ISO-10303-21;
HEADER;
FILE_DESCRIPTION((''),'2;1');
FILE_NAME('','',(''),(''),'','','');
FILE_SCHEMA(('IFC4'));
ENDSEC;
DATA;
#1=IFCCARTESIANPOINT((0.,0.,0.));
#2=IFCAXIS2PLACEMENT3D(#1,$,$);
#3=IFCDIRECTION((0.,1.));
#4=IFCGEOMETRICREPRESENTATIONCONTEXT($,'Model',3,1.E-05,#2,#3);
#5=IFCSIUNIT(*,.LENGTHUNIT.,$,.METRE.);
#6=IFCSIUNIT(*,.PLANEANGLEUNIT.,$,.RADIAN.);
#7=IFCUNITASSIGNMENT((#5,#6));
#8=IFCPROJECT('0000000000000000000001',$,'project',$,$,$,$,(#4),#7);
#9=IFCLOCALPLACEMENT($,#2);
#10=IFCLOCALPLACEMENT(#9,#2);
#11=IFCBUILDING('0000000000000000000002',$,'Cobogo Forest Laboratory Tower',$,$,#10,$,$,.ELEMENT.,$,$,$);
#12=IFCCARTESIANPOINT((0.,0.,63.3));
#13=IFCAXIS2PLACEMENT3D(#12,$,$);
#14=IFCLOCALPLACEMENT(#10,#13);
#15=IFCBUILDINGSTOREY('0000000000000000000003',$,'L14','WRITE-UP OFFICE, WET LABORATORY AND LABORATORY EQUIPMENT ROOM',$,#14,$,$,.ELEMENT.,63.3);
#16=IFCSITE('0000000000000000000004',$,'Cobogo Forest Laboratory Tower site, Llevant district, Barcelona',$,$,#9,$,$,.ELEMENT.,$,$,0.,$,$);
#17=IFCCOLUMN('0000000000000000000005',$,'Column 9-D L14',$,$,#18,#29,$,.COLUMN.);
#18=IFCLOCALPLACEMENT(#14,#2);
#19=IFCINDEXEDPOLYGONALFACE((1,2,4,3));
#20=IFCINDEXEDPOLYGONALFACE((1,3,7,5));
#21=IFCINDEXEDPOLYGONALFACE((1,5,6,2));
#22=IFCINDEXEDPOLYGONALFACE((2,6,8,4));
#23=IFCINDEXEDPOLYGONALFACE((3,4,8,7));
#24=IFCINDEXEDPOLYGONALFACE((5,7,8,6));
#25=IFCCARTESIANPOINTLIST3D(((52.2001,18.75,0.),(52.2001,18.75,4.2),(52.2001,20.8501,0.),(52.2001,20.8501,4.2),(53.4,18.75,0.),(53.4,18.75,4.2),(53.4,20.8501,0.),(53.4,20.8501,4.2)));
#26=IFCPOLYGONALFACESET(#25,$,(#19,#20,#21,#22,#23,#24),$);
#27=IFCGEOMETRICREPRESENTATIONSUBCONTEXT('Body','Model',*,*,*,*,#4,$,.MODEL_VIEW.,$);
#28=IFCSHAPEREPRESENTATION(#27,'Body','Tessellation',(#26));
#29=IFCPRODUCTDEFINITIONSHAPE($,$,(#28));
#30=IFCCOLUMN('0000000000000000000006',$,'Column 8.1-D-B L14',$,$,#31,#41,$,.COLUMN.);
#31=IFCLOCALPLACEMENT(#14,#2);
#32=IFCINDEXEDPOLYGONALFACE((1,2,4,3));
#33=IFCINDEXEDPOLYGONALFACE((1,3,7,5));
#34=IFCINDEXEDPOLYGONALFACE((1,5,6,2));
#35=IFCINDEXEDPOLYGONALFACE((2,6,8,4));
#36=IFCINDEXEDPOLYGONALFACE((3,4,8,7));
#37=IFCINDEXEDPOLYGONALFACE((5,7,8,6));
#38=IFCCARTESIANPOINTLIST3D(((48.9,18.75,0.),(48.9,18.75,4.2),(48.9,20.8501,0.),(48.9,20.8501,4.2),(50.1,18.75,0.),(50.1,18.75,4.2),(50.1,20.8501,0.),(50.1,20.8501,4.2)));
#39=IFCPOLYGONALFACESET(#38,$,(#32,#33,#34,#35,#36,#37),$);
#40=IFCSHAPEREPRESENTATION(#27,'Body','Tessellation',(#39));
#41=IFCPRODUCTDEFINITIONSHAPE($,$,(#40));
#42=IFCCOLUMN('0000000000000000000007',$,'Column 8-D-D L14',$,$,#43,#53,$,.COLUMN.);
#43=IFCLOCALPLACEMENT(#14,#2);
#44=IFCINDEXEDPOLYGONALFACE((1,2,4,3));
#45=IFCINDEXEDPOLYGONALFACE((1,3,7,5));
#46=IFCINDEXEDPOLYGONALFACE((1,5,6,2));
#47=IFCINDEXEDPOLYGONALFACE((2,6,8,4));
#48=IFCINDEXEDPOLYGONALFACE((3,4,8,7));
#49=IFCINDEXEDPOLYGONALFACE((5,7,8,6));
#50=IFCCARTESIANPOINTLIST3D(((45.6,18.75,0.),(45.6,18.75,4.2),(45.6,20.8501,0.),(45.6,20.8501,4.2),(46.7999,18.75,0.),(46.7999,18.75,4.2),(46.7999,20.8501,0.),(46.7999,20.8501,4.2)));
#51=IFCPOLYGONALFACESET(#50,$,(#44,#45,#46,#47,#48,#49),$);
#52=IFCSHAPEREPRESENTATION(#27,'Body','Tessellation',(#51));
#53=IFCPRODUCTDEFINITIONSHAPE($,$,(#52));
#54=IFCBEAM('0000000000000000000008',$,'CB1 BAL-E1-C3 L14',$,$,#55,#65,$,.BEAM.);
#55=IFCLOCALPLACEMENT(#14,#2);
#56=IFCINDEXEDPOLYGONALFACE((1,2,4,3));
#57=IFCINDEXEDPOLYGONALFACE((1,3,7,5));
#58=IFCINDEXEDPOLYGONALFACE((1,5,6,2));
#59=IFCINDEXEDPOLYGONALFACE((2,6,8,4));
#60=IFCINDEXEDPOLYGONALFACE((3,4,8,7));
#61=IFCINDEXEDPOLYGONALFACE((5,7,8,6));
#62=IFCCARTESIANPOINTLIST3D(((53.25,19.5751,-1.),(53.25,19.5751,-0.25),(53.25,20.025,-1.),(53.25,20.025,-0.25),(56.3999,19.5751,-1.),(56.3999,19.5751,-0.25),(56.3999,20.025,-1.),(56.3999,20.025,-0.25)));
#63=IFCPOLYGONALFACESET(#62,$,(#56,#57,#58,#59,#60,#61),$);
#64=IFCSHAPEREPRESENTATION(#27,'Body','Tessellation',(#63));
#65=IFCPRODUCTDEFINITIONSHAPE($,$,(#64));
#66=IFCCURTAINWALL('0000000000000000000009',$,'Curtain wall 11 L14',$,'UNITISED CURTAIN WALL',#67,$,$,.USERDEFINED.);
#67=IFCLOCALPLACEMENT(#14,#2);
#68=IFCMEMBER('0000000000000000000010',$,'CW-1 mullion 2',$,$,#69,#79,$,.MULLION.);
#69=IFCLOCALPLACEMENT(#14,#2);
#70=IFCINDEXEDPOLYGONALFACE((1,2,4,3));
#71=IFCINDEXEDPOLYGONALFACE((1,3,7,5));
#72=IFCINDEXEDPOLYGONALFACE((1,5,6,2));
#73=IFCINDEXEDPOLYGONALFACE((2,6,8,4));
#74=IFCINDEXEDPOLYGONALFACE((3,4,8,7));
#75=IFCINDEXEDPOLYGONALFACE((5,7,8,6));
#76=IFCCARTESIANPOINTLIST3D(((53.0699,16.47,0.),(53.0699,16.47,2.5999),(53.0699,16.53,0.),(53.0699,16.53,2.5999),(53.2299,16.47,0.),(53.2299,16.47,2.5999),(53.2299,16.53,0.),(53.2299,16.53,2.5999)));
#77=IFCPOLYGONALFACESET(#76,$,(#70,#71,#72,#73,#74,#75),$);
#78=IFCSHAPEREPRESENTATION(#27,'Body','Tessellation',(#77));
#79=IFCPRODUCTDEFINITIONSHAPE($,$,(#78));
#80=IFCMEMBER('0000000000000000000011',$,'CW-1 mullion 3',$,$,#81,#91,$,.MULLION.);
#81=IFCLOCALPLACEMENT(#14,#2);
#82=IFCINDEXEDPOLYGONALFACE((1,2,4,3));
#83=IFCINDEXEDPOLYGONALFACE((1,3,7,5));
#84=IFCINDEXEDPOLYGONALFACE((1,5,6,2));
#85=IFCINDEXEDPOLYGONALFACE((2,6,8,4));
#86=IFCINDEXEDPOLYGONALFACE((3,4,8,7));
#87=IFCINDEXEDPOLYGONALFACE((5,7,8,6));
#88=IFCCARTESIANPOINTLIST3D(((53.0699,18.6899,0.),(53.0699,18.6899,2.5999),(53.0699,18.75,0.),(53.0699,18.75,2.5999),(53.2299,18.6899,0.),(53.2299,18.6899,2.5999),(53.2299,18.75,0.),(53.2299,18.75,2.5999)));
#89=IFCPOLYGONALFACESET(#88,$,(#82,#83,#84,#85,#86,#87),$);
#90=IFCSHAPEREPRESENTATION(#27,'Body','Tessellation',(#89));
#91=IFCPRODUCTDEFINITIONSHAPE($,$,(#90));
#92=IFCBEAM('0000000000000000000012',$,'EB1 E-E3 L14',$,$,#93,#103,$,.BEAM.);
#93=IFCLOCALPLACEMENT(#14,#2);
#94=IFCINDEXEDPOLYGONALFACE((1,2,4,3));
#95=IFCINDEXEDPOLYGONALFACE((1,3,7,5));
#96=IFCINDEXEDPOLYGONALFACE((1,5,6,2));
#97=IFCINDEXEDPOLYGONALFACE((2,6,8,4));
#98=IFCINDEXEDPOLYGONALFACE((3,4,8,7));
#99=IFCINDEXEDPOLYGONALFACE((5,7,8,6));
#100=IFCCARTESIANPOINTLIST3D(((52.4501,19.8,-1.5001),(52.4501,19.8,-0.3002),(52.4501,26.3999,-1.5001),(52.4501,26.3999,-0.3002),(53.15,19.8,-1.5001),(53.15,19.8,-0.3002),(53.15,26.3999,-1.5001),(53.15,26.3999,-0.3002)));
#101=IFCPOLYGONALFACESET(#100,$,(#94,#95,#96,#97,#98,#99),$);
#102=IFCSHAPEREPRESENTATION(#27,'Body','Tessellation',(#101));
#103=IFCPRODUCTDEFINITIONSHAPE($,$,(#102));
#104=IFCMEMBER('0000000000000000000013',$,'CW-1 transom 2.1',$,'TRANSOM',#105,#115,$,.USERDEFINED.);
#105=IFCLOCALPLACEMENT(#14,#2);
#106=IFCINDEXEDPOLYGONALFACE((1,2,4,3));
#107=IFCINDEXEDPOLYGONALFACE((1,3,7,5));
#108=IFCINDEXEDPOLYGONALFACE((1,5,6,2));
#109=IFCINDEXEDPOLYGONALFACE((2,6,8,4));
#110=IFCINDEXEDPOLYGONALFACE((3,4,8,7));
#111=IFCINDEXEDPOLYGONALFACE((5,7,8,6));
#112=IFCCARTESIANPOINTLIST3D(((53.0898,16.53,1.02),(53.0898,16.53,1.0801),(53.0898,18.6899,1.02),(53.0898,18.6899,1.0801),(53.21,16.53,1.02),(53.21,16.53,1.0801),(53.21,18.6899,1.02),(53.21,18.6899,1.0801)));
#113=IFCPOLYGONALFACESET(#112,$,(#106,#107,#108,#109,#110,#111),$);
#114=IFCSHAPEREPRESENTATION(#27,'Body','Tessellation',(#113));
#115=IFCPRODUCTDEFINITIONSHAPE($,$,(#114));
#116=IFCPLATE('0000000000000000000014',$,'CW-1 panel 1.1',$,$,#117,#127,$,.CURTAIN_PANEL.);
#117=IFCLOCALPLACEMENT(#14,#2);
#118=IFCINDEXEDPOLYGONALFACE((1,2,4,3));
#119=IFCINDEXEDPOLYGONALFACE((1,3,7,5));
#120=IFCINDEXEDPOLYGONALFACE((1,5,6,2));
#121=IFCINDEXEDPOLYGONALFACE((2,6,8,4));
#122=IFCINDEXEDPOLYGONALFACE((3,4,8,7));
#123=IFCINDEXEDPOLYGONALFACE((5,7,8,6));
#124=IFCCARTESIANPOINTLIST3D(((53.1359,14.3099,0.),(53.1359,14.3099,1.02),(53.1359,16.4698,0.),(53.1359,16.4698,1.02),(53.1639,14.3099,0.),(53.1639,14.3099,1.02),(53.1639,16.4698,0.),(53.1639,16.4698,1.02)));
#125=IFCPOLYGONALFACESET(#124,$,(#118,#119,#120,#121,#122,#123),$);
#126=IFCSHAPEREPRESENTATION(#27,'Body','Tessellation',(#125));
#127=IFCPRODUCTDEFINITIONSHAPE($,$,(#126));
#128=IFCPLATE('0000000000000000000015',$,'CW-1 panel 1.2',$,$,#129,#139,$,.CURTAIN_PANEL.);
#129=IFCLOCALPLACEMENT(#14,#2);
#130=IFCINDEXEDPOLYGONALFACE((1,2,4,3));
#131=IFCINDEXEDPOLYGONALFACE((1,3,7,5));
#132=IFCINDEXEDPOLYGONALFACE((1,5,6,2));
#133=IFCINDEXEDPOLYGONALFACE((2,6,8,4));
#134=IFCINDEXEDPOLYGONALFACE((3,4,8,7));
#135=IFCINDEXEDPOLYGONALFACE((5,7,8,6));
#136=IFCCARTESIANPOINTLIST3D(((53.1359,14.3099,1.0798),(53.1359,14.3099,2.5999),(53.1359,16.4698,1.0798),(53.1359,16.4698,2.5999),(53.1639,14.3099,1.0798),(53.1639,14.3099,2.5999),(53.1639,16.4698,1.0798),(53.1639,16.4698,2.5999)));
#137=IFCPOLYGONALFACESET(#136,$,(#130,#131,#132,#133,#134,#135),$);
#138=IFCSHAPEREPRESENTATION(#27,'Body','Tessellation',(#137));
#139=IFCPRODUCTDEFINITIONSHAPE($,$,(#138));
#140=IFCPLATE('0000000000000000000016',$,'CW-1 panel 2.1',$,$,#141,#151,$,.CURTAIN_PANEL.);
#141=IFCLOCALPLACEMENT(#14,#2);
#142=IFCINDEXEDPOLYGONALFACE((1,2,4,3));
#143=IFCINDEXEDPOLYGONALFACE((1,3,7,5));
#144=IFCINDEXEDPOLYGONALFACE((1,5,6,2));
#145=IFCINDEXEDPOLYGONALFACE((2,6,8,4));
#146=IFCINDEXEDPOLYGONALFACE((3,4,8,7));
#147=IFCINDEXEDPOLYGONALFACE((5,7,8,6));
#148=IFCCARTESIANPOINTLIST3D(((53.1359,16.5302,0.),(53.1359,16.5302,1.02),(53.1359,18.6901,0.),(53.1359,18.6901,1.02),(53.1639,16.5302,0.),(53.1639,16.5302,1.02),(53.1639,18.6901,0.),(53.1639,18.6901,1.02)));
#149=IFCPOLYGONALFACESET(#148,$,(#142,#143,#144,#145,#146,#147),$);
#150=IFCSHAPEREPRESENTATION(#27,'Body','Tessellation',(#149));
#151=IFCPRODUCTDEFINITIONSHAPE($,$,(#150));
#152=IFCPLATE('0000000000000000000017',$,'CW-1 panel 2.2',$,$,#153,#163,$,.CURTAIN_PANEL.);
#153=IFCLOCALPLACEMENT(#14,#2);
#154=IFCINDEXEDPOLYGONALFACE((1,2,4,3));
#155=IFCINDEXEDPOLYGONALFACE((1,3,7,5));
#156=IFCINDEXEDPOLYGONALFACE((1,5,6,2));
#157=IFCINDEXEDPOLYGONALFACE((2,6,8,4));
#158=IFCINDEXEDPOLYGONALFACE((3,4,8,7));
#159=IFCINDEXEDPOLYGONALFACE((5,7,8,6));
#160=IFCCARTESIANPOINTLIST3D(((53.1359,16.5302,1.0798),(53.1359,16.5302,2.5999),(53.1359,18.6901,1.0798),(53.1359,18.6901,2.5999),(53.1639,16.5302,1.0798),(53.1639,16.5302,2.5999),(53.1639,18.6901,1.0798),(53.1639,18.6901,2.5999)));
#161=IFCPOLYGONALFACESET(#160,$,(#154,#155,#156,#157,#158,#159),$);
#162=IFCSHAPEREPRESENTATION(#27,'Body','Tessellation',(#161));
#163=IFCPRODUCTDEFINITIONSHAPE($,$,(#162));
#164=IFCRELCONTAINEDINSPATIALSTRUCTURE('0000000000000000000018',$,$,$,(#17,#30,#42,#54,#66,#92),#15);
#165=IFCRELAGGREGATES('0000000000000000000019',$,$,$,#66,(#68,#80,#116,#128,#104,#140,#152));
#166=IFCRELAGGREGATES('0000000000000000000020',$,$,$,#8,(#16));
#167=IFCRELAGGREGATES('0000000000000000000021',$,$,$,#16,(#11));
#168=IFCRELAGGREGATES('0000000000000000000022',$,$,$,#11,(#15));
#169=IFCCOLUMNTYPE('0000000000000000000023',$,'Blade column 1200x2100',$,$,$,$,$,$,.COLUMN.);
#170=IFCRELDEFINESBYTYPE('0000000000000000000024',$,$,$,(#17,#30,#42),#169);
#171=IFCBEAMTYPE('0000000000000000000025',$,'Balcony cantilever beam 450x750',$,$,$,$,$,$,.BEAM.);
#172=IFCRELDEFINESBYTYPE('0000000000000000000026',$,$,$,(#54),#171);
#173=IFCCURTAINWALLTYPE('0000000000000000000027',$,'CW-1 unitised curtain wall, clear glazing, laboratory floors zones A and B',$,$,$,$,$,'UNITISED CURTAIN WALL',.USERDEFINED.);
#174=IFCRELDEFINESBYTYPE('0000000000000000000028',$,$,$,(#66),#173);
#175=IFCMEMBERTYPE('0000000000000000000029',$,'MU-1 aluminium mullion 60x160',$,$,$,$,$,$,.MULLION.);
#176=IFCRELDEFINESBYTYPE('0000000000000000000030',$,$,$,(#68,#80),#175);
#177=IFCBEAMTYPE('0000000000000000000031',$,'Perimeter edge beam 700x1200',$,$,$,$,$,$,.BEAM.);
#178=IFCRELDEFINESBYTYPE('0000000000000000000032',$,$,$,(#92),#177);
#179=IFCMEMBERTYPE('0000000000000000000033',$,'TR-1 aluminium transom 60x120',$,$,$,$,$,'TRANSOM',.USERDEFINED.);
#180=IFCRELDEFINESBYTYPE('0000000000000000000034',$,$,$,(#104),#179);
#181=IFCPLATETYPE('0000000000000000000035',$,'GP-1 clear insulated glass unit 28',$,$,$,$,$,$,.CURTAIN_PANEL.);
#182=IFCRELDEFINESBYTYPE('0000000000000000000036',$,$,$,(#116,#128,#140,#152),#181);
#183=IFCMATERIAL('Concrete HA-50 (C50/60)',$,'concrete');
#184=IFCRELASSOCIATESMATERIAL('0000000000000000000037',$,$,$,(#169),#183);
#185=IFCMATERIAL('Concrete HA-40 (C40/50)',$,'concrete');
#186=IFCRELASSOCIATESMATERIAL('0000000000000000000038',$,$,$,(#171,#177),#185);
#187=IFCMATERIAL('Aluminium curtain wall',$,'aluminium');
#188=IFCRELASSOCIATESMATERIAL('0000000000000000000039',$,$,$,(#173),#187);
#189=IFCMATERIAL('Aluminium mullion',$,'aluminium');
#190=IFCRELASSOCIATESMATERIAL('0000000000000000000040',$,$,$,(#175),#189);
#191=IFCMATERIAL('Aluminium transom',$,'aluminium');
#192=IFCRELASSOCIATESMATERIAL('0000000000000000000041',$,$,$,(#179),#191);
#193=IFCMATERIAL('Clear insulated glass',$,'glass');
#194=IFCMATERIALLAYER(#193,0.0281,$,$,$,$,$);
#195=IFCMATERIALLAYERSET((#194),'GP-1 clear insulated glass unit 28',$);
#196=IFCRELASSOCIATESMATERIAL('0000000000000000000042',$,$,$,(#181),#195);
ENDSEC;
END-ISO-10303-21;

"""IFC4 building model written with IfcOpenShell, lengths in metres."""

from ifc_helpers import new_model, si_unit, direction, frame, origin, origin_2d, place, context, subcontext, project, spatial, rectangle, extrude, material, layer, layer_set, material_profile, profile_set, type_object, element, aggregate, save


model = new_model("IFC4")

# Units and contexts
model_context = context("Model", 3, precision=1e-05, world=origin(), true_north=direction((0.0, 1.0)))
body_context = subcontext(model_context, "Body", "Model", "MODEL_VIEW")
ifc_project = project(units=[si_unit("LENGTHUNIT", "METRE"), si_unit("PLANEANGLEUNIT", "RADIAN")], contexts=[model_context])

# Site, building, storey
site_placement = place(None, origin())
site = spatial("IfcSite", under=ifc_project, at=site_placement, Name="Cobogo Forest Laboratory Tower site, Llevant district, Barcelona", CompositionType="ELEMENT", RefElevation=0.0)
building_placement = place(site_placement, origin())
building = spatial("IfcBuilding", under=site, at=building_placement, Name="Cobogo Forest Laboratory Tower", CompositionType="ELEMENT")
storey_placement = place(building_placement, frame((0.0, 0.0, 63.3)))
storey = spatial("IfcBuildingStorey", under=building, at=storey_placement, Name="L14", Description="WRITE-UP OFFICE, WET LABORATORY AND LABORATORY EQUIPMENT ROOM", CompositionType="ELEMENT", Elevation=63.3)

# Columns
ifc_material_1 = material(Name="Concrete HA-50 (C50/60)", Category="concrete")
ifc_material_profile_1 = material_profile(ifc_material_1, rectangle(XDim=2.1001, YDim=1.2, at=origin_2d()), Name="RC 1200x2100")
ifc_profile_set_1 = profile_set([ifc_material_profile_1], Name="Concrete HA-50 (C50/60)")
column_type = type_object("IfcColumnType", Name="Blade column 1200x2100", PredefinedType="COLUMN", material=ifc_profile_set_1)
for number, where, z_axis, x_axis, name in (
    (1, (52.8, 19.8, 0.0), (0.0, 0.0, 1.0), (0.0, 1.0, 0.0), "Column 9-D L14"),
    (2, (49.5, 19.8, 0.0), (0.0, 0.0, 1.0), (0.0, 1.0, 0.0), "Column 8.1-D-B L14"),
    (3, (46.2, 19.8, 0.0), (0.0, 0.0, 1.0), (0.0, 1.0, 0.0), "Column 8-D-D L14"),
):
    element("IfcColumn", number, at=place(storey_placement, frame(where, z_axis=z_axis, x_axis=x_axis)), inside=storey, type_object=column_type, Name=name, PredefinedType="COLUMN", context=body_context, shape_type="SweptSolid", body=[
        extrude(rectangle(XDim=2.1001, YDim=1.2, at=origin_2d()), origin(), (0.0, 0.0, 1.0), 4.2),
    ])

# Beam
ifc_material_2 = material(Name="Concrete HA-40 (C40/50)", Category="concrete")
ifc_material_profile_2 = material_profile(ifc_material_2, rectangle(XDim=0.45, YDim=0.75, at=origin_2d()), Name="RC 450x750")
ifc_profile_set_2 = profile_set([ifc_material_profile_2], Name="Concrete HA-40 (C40/50)")
beam_type_1 = type_object("IfcBeamType", Name="Balcony cantilever beam 450x750", PredefinedType="BEAM", material=ifc_profile_set_2)
beam_1_placement = place(storey_placement, frame((53.25, 19.8, -0.625), z_axis=(1.0, 0.0, 0.0), x_axis=(0.0, 1.0, 0.0)))
element("IfcBeam", 4, at=beam_1_placement, inside=storey, type_object=beam_type_1, Name="CB1 BAL-E1-C3 L14", PredefinedType="BEAM", context=body_context, shape_type="SweptSolid", body=[
    extrude(rectangle(XDim=0.45, YDim=0.75, at=origin_2d()), origin(), (0.0, 0.0, 1.0), 3.1499),
])

# Curtain wall, members
ifc_material_3 = material(Name="Aluminium curtain wall", Category="aluminium")
curtain_wall_type = type_object("IfcCurtainWallType", Name="CW-1 unitised curtain wall, clear glazing, laboratory floors zones A and B", ElementType="UNITISED CURTAIN WALL", PredefinedType="USERDEFINED", material=ifc_material_3)
curtain_wall_placement = place(storey_placement, origin())
curtain_wall = element("IfcCurtainWall", 5, at=curtain_wall_placement, inside=storey, type_object=curtain_wall_type, Name="Curtain wall 11 L14", ObjectType="UNITISED CURTAIN WALL", PredefinedType="USERDEFINED")
ifc_material_4 = material(Name="Aluminium mullion", Category="aluminium")
ifc_material_profile_3 = material_profile(ifc_material_4, rectangle(XDim=0.0601, YDim=0.1599, at=origin_2d()), Name="AL 60x160")
ifc_profile_set_3 = profile_set([ifc_material_profile_3], Name="Aluminium mullion")
member_type_1 = type_object("IfcMemberType", Name="MU-1 aluminium mullion 60x160", PredefinedType="MULLION", material=ifc_profile_set_3)
member_1_placement = place(storey_placement, frame((53.1499, 16.5, 0.0), z_axis=(0.0, 0.0, 1.0), x_axis=(0.0, 1.0, 0.0)))
member_1 = element("IfcMember", 6, at=member_1_placement, type_object=member_type_1, Name="CW-1 mullion 2", PredefinedType="MULLION", context=body_context, shape_type="SweptSolid", body=[
    extrude(rectangle(XDim=0.0601, YDim=0.1599, at=origin_2d()), origin(), (0.0, 0.0, 1.0), 2.5999),
])
member_2_placement = place(storey_placement, frame((53.1499, 18.72, 0.0), z_axis=(0.0, 0.0, 1.0), x_axis=(0.0, 1.0, 0.0)))
member_2 = element("IfcMember", 7, at=member_2_placement, type_object=member_type_1, Name="CW-1 mullion 3", PredefinedType="MULLION", context=body_context, shape_type="SweptSolid", body=[
    extrude(rectangle(XDim=0.0601, YDim=0.1599, at=origin_2d()), origin(), (0.0, 0.0, 1.0), 2.5999),
])

# Beam
ifc_material_profile_4 = material_profile(ifc_material_2, rectangle(XDim=0.7, YDim=1.2, at=origin_2d()), Name="RC 700x1200")
ifc_profile_set_4 = profile_set([ifc_material_profile_4], Name="Concrete HA-40 (C40/50)")
beam_type_2 = type_object("IfcBeamType", Name="Perimeter edge beam 700x1200", PredefinedType="BEAM", material=ifc_profile_set_4)
beam_2_placement = place(storey_placement, frame((52.8, 19.8, -0.9001), z_axis=(0.0, 1.0, 0.0), x_axis=(-1.0, 0.0, 0.0)))
element("IfcBeam", 8, at=beam_2_placement, inside=storey, type_object=beam_type_2, Name="EB1 E-E3 L14", PredefinedType="BEAM", context=body_context, shape_type="SweptSolid", body=[
    extrude(rectangle(XDim=0.7, YDim=1.2, at=origin_2d()), origin(), (0.0, 0.0, 1.0), 6.5999),
])

# Member
ifc_material_5 = material(Name="Aluminium transom", Category="aluminium")
ifc_material_profile_5 = material_profile(ifc_material_5, rectangle(XDim=0.1201, YDim=0.0601, at=origin_2d()), Name="AL 60x120")
ifc_profile_set_5 = profile_set([ifc_material_profile_5], Name="Aluminium transom")
member_type_2 = type_object("IfcMemberType", Name="TR-1 aluminium transom 60x120", ElementType="TRANSOM", PredefinedType="USERDEFINED", material=ifc_profile_set_5)
member_3_placement = place(storey_placement, frame((53.1499, 16.53, 1.05), z_axis=(0.0, 1.0, 0.0), x_axis=(-1.0, 0.0, 0.0)))
member_3 = element("IfcMember", 9, at=member_3_placement, type_object=member_type_2, Name="CW-1 transom 2.1", ObjectType="TRANSOM", PredefinedType="USERDEFINED", context=body_context, shape_type="SweptSolid", body=[
    extrude(rectangle(XDim=0.1201, YDim=0.0601, at=origin_2d()), origin(), (0.0, 0.0, 1.0), 2.1599),
])

# Plates
ifc_material_6 = material(Name="Clear insulated glass", Category="glass")
ifc_layer_1 = layer(ifc_material_6, 0.0281)
ifc_layer_set_1 = layer_set([ifc_layer_1], Name="GP-1 clear insulated glass unit 28")
plate_type = type_object("IfcPlateType", Name="GP-1 clear insulated glass unit 28", PredefinedType="CURTAIN_PANEL", material=ifc_layer_set_1)
plate_1_placement = place(storey_placement, frame((53.1499, 15.3899, 0.0), z_axis=(0.0, 0.0, 1.0), x_axis=(0.0, 1.0, 0.0)))
plate_1 = element("IfcPlate", 10, at=plate_1_placement, type_object=plate_type, Name="CW-1 panel 1.1", PredefinedType="CURTAIN_PANEL", context=body_context, shape_type="SweptSolid", body=[
    extrude(rectangle(XDim=2.1599, YDim=0.0281, at=origin_2d()), origin(), (0.0, 0.0, 1.0), 1.02),
])
plate_2_placement = place(storey_placement, frame((53.1499, 15.3899, 1.0798), z_axis=(0.0, 0.0, 1.0), x_axis=(0.0, 1.0, 0.0)))
plate_2 = element("IfcPlate", 11, at=plate_2_placement, type_object=plate_type, Name="CW-1 panel 1.2", PredefinedType="CURTAIN_PANEL", context=body_context, shape_type="SweptSolid", body=[
    extrude(rectangle(XDim=2.1599, YDim=0.0281, at=origin_2d()), origin(), (0.0, 0.0, 1.0), 1.52),
])
plate_3_placement = place(storey_placement, frame((53.1499, 17.6101, 0.0), z_axis=(0.0, 0.0, 1.0), x_axis=(0.0, 1.0, 0.0)))
plate_3 = element("IfcPlate", 12, at=plate_3_placement, type_object=plate_type, Name="CW-1 panel 2.1", PredefinedType="CURTAIN_PANEL", context=body_context, shape_type="SweptSolid", body=[
    extrude(rectangle(XDim=2.1599, YDim=0.0281, at=origin_2d()), origin(), (0.0, 0.0, 1.0), 1.02),
])
plate_4_placement = place(storey_placement, frame((53.1499, 17.6101, 1.0798), z_axis=(0.0, 0.0, 1.0), x_axis=(0.0, 1.0, 0.0)))
plate_4 = element("IfcPlate", 13, at=plate_4_placement, type_object=plate_type, Name="CW-1 panel 2.2", PredefinedType="CURTAIN_PANEL", context=body_context, shape_type="SweptSolid", body=[
    extrude(rectangle(XDim=2.1599, YDim=0.0281, at=origin_2d()), origin(), (0.0, 0.0, 1.0), 1.52),
])
aggregate(curtain_wall, [member_1, member_2, plate_1, plate_2, member_3, plate_3, plate_4])

save(model, "model.ifc")
